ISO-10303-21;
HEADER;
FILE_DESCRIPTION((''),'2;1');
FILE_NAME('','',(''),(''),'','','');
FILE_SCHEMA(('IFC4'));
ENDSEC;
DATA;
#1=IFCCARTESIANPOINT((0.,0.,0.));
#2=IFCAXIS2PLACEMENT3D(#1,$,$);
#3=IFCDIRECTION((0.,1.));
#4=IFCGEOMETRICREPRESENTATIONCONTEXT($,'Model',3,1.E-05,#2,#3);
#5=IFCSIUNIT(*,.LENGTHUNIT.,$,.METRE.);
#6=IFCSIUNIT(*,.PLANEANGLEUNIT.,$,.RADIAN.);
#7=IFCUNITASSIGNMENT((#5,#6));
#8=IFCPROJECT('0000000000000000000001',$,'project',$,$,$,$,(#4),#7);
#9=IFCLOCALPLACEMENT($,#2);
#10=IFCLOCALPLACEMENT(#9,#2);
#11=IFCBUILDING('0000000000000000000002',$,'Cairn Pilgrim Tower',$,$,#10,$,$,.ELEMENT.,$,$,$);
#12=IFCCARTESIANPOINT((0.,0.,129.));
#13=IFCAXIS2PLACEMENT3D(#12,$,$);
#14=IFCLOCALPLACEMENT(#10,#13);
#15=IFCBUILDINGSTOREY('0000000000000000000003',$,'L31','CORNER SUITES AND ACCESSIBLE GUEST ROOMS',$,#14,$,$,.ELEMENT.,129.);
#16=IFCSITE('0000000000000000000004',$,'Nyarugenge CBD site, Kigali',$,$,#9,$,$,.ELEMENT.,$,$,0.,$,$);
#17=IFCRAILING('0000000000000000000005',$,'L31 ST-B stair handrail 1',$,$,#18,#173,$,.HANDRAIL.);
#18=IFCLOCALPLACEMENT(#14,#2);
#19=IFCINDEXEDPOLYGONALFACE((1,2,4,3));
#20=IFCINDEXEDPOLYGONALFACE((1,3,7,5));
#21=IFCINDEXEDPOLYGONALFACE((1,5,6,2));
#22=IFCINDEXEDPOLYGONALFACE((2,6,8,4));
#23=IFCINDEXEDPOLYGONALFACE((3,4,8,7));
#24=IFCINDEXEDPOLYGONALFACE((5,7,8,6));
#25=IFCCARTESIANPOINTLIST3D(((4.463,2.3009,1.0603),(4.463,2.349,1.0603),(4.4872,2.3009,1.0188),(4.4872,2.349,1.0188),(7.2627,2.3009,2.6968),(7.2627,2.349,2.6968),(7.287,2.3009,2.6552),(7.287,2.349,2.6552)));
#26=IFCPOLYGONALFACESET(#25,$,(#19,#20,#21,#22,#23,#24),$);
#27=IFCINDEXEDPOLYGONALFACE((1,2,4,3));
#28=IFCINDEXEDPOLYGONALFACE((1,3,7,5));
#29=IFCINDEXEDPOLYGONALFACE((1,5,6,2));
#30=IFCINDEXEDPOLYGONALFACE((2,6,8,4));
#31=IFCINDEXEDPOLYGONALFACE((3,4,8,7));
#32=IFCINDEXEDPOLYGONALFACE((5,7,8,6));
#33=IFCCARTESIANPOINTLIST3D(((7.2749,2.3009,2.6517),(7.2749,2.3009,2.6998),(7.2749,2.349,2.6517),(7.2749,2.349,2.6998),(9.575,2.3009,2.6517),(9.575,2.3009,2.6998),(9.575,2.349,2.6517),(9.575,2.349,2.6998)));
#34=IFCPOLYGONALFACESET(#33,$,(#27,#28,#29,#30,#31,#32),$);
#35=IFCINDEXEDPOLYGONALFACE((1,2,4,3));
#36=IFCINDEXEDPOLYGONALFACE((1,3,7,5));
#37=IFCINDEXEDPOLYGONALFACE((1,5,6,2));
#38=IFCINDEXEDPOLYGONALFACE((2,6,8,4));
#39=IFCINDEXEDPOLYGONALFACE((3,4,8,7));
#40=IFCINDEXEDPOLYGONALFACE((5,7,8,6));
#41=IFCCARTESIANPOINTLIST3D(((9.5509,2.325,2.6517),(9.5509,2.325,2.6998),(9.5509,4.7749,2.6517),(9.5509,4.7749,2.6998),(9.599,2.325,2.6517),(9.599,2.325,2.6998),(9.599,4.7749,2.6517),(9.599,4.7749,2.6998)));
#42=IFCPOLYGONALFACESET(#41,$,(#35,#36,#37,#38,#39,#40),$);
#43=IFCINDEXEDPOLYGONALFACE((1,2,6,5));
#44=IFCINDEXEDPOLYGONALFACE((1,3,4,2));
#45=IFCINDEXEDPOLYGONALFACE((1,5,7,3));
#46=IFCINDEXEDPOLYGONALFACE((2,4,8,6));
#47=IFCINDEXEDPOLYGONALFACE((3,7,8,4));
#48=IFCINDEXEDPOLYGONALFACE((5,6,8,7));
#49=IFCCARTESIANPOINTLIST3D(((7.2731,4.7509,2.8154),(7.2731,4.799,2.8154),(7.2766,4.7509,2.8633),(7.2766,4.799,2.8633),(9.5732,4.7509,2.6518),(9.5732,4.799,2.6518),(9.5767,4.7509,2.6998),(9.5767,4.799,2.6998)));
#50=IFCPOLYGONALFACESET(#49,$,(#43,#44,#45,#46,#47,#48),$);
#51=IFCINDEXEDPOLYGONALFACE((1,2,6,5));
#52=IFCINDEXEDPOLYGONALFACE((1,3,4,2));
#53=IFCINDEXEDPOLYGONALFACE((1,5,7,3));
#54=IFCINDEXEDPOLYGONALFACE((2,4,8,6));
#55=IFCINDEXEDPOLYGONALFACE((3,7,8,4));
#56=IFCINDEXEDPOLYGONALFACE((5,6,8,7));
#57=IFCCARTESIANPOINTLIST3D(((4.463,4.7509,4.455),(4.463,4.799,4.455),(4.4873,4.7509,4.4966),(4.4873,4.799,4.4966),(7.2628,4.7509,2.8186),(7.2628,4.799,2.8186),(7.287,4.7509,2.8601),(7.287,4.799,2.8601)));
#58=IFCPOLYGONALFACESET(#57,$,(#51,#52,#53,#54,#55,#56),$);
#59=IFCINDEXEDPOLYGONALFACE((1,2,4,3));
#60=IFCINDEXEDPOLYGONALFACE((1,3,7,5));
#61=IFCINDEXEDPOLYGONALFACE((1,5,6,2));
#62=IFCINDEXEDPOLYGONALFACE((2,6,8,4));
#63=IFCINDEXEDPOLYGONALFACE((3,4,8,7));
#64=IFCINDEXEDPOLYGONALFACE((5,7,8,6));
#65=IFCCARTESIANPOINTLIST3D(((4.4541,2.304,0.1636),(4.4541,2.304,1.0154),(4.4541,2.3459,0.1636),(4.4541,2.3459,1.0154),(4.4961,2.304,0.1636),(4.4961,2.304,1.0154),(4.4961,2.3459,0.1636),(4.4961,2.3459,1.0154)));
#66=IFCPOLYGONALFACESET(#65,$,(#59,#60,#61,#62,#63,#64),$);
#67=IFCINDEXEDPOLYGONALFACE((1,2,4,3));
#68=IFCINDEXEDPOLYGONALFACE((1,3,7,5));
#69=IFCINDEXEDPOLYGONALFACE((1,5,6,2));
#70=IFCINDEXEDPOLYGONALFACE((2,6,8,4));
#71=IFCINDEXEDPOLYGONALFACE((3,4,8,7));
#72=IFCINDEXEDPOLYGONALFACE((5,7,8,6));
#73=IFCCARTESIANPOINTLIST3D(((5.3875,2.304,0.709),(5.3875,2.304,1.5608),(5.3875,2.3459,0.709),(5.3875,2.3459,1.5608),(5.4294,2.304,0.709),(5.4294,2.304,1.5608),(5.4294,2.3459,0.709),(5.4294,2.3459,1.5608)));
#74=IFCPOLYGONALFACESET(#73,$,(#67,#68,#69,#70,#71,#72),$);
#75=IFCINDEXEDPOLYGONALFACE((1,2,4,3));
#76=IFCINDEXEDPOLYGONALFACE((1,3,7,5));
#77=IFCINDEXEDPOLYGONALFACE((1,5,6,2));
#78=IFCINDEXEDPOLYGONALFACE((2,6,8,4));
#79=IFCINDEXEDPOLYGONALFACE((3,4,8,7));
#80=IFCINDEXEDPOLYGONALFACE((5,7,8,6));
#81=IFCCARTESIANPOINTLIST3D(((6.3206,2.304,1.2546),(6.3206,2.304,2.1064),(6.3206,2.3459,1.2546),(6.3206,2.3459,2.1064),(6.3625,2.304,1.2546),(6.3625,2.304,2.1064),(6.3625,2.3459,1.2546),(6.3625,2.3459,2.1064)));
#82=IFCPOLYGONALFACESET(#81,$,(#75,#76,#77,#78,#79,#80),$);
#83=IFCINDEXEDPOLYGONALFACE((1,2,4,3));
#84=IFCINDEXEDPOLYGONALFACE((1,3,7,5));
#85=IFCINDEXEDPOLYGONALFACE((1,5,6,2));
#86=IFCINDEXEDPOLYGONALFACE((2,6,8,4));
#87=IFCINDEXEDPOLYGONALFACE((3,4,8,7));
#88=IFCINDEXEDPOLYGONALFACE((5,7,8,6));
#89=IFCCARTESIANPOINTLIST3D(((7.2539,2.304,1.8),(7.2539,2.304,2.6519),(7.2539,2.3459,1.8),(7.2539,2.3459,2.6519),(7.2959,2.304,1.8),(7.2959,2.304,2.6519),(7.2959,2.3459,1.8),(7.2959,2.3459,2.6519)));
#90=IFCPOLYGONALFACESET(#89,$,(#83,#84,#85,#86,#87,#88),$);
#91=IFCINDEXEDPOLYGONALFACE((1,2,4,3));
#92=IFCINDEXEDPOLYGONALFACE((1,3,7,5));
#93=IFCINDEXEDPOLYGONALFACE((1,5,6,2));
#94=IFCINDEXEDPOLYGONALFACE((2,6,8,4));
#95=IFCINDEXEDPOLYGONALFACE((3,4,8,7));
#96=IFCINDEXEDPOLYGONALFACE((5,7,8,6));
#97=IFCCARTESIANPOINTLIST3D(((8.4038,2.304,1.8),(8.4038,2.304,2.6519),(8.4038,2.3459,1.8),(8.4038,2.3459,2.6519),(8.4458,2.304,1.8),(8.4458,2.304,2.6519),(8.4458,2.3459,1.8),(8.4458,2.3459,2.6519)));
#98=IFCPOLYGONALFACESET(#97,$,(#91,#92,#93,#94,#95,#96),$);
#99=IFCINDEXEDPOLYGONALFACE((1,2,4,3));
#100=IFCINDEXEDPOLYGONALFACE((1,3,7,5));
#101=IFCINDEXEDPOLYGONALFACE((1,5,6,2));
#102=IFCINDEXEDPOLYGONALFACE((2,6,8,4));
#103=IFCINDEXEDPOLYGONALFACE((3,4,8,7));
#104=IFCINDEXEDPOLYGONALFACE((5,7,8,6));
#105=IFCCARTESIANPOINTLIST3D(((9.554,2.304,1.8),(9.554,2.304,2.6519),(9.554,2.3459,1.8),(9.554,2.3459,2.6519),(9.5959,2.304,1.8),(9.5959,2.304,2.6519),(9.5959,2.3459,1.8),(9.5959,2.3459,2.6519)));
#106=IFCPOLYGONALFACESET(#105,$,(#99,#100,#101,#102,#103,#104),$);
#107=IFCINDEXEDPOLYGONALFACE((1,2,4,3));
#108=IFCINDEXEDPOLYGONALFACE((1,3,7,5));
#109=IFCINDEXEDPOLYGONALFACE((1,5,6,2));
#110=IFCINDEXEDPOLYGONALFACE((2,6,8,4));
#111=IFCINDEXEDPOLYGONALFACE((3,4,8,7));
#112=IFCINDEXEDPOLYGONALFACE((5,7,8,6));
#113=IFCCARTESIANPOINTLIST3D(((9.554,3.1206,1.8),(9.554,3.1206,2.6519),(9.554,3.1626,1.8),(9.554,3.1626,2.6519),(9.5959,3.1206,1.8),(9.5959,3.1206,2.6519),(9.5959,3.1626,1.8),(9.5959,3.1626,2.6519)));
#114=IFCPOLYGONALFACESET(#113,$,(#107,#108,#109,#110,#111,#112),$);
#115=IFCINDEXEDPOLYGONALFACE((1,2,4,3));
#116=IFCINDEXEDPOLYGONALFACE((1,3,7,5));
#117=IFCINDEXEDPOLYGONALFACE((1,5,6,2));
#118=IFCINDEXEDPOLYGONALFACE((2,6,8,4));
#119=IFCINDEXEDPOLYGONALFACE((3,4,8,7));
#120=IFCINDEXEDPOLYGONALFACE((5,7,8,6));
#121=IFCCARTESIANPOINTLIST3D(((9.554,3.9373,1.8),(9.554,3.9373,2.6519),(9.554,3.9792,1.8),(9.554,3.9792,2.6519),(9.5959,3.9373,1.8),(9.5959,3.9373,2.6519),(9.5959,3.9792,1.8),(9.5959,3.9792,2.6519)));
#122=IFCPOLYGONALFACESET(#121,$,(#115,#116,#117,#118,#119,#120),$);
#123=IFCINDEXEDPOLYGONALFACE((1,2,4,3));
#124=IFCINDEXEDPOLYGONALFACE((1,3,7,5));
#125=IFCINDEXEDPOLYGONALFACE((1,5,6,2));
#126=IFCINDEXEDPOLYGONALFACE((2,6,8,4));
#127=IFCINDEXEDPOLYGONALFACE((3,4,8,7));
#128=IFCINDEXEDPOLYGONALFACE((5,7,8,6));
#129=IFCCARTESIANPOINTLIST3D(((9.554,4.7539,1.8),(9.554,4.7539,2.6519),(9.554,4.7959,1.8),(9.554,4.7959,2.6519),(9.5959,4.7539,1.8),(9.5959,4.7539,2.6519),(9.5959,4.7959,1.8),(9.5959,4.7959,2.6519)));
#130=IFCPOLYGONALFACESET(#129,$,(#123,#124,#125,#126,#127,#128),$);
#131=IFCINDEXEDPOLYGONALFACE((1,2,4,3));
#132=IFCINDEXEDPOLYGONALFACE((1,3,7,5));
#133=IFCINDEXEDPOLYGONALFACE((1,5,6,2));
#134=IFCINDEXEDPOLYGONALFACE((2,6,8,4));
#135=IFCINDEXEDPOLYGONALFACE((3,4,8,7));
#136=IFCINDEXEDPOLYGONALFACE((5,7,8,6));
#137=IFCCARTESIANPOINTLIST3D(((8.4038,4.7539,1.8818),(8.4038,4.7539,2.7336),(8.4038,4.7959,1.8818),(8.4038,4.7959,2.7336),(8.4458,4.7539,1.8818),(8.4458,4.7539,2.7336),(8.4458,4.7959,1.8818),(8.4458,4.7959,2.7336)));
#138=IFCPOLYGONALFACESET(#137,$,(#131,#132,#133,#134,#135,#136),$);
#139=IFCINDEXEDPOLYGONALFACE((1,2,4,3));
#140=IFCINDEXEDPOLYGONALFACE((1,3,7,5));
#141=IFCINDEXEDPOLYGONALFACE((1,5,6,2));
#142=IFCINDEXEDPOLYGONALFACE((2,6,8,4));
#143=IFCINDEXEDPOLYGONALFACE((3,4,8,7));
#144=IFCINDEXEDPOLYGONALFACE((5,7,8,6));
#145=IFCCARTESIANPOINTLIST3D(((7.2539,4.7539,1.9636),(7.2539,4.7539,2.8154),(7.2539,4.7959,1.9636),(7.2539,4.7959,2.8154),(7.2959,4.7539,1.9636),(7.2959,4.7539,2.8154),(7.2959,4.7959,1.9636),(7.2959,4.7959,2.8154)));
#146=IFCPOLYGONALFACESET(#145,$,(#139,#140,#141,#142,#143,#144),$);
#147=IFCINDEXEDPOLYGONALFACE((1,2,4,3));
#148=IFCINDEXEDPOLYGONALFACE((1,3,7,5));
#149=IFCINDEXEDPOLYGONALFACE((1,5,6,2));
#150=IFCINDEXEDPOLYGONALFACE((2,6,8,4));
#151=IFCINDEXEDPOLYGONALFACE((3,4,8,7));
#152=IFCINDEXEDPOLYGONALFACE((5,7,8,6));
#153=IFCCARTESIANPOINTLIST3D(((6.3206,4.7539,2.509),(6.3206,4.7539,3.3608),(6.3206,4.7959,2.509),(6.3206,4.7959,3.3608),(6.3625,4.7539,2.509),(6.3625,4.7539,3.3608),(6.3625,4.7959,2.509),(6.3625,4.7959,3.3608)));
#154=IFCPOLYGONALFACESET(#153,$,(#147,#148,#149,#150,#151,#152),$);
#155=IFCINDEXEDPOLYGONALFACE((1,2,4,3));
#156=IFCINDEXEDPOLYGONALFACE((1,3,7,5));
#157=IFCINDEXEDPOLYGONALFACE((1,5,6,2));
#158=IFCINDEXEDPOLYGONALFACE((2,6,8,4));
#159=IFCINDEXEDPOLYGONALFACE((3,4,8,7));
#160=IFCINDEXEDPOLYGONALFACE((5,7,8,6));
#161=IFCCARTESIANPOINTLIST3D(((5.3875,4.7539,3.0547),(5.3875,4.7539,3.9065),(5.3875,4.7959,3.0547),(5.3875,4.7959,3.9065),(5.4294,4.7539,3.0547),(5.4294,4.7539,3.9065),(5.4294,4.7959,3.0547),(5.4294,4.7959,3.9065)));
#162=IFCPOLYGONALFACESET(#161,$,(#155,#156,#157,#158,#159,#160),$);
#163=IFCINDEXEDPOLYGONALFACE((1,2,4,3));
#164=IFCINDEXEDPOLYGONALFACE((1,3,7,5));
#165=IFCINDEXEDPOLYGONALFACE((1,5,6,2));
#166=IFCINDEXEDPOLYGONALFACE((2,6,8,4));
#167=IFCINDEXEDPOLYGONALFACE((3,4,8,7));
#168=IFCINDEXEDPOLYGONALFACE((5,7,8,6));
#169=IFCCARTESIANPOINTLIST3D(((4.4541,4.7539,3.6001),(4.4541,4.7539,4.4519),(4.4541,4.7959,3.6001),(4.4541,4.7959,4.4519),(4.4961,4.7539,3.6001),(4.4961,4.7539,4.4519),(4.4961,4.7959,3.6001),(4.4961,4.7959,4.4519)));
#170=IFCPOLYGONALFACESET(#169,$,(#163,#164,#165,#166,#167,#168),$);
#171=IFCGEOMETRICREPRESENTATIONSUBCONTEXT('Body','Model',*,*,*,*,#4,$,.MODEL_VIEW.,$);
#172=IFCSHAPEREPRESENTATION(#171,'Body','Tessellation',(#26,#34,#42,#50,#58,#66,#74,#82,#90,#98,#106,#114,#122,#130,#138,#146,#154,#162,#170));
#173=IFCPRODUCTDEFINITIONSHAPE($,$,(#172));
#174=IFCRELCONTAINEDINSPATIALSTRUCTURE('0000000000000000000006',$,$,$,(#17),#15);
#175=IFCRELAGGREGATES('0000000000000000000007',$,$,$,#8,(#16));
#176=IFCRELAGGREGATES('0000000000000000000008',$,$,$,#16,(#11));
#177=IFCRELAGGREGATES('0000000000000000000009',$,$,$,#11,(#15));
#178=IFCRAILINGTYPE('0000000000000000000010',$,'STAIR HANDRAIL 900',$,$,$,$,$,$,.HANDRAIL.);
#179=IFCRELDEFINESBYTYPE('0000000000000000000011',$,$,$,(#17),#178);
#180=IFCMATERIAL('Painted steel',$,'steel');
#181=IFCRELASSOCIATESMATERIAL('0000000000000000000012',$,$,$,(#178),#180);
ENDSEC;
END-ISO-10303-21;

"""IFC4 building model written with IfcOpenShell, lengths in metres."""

from ifc_helpers import new_model, si_unit, direction, frame, origin, origin_2d, place, context, subcontext, project, spatial, rectangle, extrude, material, type_object, element, save


model = new_model("IFC4")

# Units and contexts
model_context = context("Model", 3, precision=1e-05, world=origin(), true_north=direction((0.0, 1.0)))
body_context = subcontext(model_context, "Body", "Model", "MODEL_VIEW")
ifc_project = project(units=[si_unit("LENGTHUNIT", "METRE"), si_unit("PLANEANGLEUNIT", "RADIAN")], contexts=[model_context])

# Site, building, storey
site_placement = place(None, origin())
site = spatial("IfcSite", under=ifc_project, at=site_placement, Name="Nyarugenge CBD site, Kigali", CompositionType="ELEMENT", RefElevation=0.0)
building_placement = place(site_placement, origin())
building = spatial("IfcBuilding", under=site, at=building_placement, Name="Cairn Pilgrim Tower", CompositionType="ELEMENT")
storey_placement = place(building_placement, frame((0.0, 0.0, 129.0)))
storey = spatial("IfcBuildingStorey", under=building, at=storey_placement, Name="L31", Description="CORNER SUITES AND ACCESSIBLE GUEST ROOMS", CompositionType="ELEMENT", Elevation=129.0)

# Shared definitions
ifc_material_1 = material(Name="Painted steel", Category="steel")

# Railing
railing_type = type_object("IfcRailingType", Name="STAIR HANDRAIL 900", PredefinedType="HANDRAIL", material=ifc_material_1)
railing_placement = place(storey_placement, frame((4.4751, 2.325, 0.1636)))
element("IfcRailing", 1, at=railing_placement, inside=storey, type_object=railing_type, Name="L31 ST-B stair handrail 1", PredefinedType="HANDRAIL", context=body_context, shape_type="SweptSolid", body=[
    extrude(rectangle(XDim=0.0481, YDim=0.0481, at=origin_2d()), frame((0.0, 0.0, 0.876), z_axis=(0.863342, 0.0, 0.50462), x_axis=(0.0, 1.0, 0.0)), (0.0, 0.0, 1.0), 3.2429),
    extrude(rectangle(XDim=0.0481, YDim=0.0481, at=origin_2d()), frame((2.7998, 0.0, 2.5122), z_axis=(1.0, 0.0, 0.0), x_axis=(0.0, 1.0, 0.0)), (0.0, 0.0, 1.0), 2.3),
    extrude(rectangle(XDim=0.0481, YDim=0.0481, at=origin_2d()), frame((5.0999, 0.0, 2.5122), z_axis=(0.0, 1.0, 0.0), x_axis=(-1.0, 0.0, 0.0)), (0.0, 0.0, 1.0), 2.45),
    extrude(rectangle(XDim=0.0481, YDim=0.0481, at=origin_2d()), frame((5.0999, 2.45, 2.5122), z_axis=(-0.997481, 0.0, 0.070939), x_axis=(0.0, -1.0, 0.0)), (0.0, 0.0, 1.0), 2.3059),
    extrude(rectangle(XDim=0.0481, YDim=0.0481, at=origin_2d()), frame((2.7998, 2.45, 2.6758), z_axis=(-0.863342, 0.0, 0.50462), x_axis=(0.0, -1.0, 0.0)), (0.0, 0.0, 1.0), 3.2429),
    extrude(rectangle(XDim=0.042, YDim=0.042, at=origin_2d()), origin(), (0.0, 0.0, 1.0), 0.8518),
    extrude(rectangle(XDim=0.042, YDim=0.042, at=origin_2d()), frame((0.9333, 0.0, 0.5454)), (0.0, 0.0, 1.0), 0.8518),
    extrude(rectangle(XDim=0.042, YDim=0.042, at=origin_2d()), frame((1.8665, 0.0, 1.0911)), (0.0, 0.0, 1.0), 0.8518),
    extrude(rectangle(XDim=0.042, YDim=0.042, at=origin_2d()), frame((2.7998, 0.0, 1.6365)), (0.0, 0.0, 1.0), 0.8518),
    extrude(rectangle(XDim=0.042, YDim=0.042, at=origin_2d()), frame((3.9497, 0.0, 1.6365)), (0.0, 0.0, 1.0), 0.8518),
    extrude(rectangle(XDim=0.042, YDim=0.042, at=origin_2d()), frame((5.0999, 0.0, 1.6365)), (0.0, 0.0, 1.0), 0.8518),
    extrude(rectangle(XDim=0.042, YDim=0.042, at=origin_2d()), frame((5.0999, 0.8167, 1.6365)), (0.0, 0.0, 1.0), 0.8518),
    extrude(rectangle(XDim=0.042, YDim=0.042, at=origin_2d()), frame((5.0999, 1.6333, 1.6365)), (0.0, 0.0, 1.0), 0.8518),
    extrude(rectangle(XDim=0.042, YDim=0.042, at=origin_2d()), frame((5.0999, 2.45, 1.6365)), (0.0, 0.0, 1.0), 0.8518),
    extrude(rectangle(XDim=0.042, YDim=0.042, at=origin_2d()), frame((3.9497, 2.45, 1.7183)), (0.0, 0.0, 1.0), 0.8518),
    extrude(rectangle(XDim=0.042, YDim=0.042, at=origin_2d()), frame((2.7998, 2.45, 1.8)), (0.0, 0.0, 1.0), 0.8518),
    extrude(rectangle(XDim=0.042, YDim=0.042, at=origin_2d()), frame((1.8665, 2.45, 2.3455)), (0.0, 0.0, 1.0), 0.8518),
    extrude(rectangle(XDim=0.042, YDim=0.042, at=origin_2d()), frame((0.9333, 2.45, 2.8911)), (0.0, 0.0, 1.0), 0.8518),
    extrude(rectangle(XDim=0.042, YDim=0.042, at=origin_2d()), frame((0.0, 2.45, 3.4365)), (0.0, 0.0, 1.0), 0.8518),
])

save(model, "model.ifc")
